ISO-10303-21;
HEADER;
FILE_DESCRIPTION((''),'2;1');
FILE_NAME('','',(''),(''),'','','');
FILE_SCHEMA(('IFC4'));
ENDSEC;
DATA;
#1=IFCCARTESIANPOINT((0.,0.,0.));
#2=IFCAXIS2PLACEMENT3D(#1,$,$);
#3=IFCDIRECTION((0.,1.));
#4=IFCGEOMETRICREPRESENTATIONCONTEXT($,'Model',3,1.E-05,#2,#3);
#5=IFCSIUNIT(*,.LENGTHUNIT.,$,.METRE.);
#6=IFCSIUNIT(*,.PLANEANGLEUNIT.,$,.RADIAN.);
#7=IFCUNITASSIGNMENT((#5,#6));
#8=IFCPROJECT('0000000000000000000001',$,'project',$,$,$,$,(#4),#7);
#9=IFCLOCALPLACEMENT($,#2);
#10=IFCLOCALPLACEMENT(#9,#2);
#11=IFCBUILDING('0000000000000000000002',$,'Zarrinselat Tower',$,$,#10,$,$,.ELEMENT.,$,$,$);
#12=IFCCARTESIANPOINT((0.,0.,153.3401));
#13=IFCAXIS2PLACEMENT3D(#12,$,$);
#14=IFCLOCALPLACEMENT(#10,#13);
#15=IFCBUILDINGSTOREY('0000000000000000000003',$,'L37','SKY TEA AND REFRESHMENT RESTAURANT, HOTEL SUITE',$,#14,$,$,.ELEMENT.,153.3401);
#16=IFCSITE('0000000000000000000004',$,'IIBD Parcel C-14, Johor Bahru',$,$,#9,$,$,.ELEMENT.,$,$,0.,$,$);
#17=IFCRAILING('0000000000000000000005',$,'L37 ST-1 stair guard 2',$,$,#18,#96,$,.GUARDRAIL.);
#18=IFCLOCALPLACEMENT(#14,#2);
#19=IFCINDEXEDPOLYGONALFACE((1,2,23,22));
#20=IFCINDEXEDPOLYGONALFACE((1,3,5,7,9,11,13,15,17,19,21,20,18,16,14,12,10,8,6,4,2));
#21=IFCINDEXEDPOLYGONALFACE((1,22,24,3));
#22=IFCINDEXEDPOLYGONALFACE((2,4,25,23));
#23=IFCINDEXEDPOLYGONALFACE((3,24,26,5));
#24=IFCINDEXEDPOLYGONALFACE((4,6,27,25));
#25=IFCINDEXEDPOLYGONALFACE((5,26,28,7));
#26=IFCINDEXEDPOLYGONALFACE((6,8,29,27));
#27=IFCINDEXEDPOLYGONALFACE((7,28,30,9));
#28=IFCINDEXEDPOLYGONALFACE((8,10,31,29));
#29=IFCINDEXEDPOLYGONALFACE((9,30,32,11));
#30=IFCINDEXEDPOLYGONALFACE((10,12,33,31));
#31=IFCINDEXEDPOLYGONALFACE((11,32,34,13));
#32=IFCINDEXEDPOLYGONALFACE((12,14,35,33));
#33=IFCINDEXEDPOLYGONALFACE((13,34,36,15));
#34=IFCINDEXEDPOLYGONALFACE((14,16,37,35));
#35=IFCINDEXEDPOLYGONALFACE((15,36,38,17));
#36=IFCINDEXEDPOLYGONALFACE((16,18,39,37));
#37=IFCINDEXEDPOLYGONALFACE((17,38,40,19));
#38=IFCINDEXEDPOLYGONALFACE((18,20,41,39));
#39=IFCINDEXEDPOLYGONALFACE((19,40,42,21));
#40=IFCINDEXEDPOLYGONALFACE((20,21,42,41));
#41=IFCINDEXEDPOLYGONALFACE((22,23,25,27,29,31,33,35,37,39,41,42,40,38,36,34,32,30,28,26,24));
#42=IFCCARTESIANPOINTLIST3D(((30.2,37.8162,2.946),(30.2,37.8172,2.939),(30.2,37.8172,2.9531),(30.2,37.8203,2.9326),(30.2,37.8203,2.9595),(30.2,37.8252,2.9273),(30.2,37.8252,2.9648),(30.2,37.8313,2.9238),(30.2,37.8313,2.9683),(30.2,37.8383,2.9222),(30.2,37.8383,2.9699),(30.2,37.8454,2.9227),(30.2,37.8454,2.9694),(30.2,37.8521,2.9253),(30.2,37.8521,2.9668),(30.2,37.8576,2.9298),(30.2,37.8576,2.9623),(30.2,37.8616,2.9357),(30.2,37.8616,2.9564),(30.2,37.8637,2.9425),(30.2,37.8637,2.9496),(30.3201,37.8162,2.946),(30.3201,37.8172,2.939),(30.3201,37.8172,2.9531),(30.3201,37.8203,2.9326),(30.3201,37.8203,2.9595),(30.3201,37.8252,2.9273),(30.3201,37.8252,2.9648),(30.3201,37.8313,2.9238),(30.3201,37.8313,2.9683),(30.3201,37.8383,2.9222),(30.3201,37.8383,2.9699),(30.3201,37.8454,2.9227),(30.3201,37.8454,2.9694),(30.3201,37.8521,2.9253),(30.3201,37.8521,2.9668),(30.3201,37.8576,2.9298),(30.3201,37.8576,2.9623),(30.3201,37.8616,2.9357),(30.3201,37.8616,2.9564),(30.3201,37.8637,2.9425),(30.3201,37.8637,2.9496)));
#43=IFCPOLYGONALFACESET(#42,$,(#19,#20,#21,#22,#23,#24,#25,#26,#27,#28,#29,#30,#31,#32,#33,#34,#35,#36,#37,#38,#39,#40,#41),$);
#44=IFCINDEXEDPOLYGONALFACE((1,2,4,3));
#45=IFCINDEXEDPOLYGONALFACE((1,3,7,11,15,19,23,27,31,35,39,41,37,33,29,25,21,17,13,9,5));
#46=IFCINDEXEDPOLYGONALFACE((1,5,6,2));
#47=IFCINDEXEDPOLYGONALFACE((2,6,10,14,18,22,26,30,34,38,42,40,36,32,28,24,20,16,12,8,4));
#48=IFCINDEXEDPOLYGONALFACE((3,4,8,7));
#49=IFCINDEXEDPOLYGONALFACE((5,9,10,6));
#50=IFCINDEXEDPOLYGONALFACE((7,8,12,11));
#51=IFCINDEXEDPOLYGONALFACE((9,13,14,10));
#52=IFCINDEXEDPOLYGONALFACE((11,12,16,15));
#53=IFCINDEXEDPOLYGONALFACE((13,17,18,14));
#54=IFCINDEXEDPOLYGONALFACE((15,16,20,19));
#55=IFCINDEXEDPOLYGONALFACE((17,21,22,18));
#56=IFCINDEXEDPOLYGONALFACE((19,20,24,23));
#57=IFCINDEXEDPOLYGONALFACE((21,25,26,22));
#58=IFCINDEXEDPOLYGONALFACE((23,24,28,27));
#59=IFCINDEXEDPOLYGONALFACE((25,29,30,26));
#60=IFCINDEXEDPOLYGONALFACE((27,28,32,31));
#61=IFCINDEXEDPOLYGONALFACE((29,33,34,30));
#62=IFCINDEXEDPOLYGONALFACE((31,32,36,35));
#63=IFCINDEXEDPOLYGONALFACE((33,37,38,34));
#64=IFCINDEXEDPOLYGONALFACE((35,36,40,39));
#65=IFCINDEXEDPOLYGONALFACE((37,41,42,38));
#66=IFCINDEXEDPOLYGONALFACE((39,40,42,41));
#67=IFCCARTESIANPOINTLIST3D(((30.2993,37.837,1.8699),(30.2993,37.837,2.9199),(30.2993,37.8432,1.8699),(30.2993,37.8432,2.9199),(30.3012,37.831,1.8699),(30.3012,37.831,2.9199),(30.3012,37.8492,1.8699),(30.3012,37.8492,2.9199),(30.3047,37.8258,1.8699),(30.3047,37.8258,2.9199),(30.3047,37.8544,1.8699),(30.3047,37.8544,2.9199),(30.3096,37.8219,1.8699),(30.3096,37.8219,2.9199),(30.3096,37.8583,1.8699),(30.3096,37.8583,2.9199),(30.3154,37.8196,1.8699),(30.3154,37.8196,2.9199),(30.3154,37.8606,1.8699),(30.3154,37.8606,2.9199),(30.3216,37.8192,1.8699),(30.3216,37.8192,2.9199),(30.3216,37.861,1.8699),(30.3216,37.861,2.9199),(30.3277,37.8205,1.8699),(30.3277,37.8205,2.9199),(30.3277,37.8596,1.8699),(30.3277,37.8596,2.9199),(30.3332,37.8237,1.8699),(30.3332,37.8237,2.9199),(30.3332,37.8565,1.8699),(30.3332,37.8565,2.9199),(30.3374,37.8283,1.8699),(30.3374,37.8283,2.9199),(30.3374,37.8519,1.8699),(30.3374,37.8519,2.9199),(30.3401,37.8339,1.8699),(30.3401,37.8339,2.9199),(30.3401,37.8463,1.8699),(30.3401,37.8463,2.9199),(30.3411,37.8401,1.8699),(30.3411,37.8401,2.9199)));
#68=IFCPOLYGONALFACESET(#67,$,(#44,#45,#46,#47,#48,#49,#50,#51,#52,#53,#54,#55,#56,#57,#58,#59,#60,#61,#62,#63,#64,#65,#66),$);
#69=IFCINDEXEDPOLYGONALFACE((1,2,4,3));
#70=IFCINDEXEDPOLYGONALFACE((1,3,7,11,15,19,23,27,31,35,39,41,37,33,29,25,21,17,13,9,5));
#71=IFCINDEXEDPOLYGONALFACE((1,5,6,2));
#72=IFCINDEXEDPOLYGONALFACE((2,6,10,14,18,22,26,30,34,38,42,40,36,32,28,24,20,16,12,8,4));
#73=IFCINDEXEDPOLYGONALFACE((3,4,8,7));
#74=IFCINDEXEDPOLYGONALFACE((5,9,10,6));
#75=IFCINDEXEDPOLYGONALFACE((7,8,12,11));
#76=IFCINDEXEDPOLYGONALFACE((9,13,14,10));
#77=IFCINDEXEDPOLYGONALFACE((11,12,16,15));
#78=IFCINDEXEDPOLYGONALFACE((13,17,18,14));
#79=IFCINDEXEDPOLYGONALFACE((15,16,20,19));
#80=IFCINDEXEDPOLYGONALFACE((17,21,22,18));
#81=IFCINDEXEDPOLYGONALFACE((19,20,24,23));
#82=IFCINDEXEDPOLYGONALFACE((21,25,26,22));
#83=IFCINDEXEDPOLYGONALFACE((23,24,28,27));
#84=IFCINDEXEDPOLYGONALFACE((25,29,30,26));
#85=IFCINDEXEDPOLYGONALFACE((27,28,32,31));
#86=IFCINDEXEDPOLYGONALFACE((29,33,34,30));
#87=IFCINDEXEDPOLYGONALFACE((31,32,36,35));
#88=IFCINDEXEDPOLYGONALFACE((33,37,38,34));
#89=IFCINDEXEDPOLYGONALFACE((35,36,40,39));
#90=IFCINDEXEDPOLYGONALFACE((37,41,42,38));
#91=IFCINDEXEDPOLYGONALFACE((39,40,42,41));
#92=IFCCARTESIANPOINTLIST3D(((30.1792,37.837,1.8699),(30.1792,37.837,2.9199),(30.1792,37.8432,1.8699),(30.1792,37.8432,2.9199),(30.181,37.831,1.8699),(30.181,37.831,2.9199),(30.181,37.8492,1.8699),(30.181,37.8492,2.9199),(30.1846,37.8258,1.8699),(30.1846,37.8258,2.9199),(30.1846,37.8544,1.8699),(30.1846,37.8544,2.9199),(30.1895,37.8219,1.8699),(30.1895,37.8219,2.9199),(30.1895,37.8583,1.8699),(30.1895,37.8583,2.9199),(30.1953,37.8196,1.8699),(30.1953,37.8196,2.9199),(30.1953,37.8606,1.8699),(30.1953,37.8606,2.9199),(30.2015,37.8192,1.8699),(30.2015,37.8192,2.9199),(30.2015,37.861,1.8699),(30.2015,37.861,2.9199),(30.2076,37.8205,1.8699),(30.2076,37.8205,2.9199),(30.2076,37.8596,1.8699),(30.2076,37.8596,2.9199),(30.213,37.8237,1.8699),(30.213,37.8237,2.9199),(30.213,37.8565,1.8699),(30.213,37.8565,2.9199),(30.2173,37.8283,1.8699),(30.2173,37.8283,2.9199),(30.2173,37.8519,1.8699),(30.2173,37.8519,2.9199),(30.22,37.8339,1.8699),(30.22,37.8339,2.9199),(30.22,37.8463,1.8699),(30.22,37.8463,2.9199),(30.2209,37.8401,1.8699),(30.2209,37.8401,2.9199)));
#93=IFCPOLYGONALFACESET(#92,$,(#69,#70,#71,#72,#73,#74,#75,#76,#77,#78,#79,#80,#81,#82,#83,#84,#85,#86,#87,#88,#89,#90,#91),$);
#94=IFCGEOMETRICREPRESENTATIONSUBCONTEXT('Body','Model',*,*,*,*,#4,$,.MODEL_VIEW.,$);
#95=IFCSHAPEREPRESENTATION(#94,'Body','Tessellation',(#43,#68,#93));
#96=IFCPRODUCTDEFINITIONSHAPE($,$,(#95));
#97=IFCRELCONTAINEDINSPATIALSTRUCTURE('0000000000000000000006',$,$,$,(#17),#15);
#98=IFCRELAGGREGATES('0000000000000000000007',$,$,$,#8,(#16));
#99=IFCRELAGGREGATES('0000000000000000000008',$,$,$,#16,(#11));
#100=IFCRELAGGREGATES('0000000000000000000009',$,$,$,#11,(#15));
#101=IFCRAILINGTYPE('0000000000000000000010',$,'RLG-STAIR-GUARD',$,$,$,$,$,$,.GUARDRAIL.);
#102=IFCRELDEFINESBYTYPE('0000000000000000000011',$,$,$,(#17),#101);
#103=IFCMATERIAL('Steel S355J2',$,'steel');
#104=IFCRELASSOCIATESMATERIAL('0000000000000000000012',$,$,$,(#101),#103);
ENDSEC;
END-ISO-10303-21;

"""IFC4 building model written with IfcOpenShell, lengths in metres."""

from ifc_helpers import new_model, si_unit, direction, frame, origin, origin_2d, place, context, subcontext, project, spatial, circle, extrude, material, type_object, element, save


model = new_model("IFC4")

# Units and contexts
model_context = context("Model", 3, precision=1e-05, world=origin(), true_north=direction((0.0, 1.0)))
body_context = subcontext(model_context, "Body", "Model", "MODEL_VIEW")
ifc_project = project(units=[si_unit("LENGTHUNIT", "METRE"), si_unit("PLANEANGLEUNIT", "RADIAN")], contexts=[model_context])

# Site, building, storey
site_placement = place(None, origin())
site = spatial("IfcSite", under=ifc_project, at=site_placement, Name="IIBD Parcel C-14, Johor Bahru", CompositionType="ELEMENT", RefElevation=0.0)
building_placement = place(site_placement, origin())
building = spatial("IfcBuilding", under=site, at=building_placement, Name="Zarrinselat Tower", CompositionType="ELEMENT")
storey_placement = place(building_placement, frame((0.0, 0.0, 153.3401)))
storey = spatial("IfcBuildingStorey", under=building, at=storey_placement, Name="L37", Description="SKY TEA AND REFRESHMENT RESTAURANT, HOTEL SUITE", CompositionType="ELEMENT", Elevation=153.3401)

# Railing
ifc_material_1 = material(Name="Steel S355J2", Category="steel")
railing_type_1 = type_object("IfcRailingType", Name="RLG-STAIR-GUARD", PredefinedType="GUARDRAIL", material=ifc_material_1)
railing_1_placement = place(storey_placement, frame((30.3201, 37.8401, 1.8699)))
element("IfcRailing", 1, at=railing_1_placement, inside=storey, type_object=railing_type_1, Name="L37 ST-1 stair guard 2", PredefinedType="GUARDRAIL", context=body_context, shape_type="SweptSolid", body=[
    extrude(circle(Radius=0.0239, at=origin_2d()), frame((0.0, 0.0, 1.0762), z_axis=(-1.0, 0.0, 0.0), x_axis=(0.0, -1.0, 0.0)), (0.0, 0.0, 1.0), 0.1201),
    extrude(circle(Radius=0.021, at=origin_2d()), origin(), (0.0, 0.0, 1.0), 1.05),
    extrude(circle(Radius=0.021, at=origin_2d()), frame((-0.1201, 0.0, 0.0)), (0.0, 0.0, 1.0), 1.05),
])

save(model, "model.ifc")
